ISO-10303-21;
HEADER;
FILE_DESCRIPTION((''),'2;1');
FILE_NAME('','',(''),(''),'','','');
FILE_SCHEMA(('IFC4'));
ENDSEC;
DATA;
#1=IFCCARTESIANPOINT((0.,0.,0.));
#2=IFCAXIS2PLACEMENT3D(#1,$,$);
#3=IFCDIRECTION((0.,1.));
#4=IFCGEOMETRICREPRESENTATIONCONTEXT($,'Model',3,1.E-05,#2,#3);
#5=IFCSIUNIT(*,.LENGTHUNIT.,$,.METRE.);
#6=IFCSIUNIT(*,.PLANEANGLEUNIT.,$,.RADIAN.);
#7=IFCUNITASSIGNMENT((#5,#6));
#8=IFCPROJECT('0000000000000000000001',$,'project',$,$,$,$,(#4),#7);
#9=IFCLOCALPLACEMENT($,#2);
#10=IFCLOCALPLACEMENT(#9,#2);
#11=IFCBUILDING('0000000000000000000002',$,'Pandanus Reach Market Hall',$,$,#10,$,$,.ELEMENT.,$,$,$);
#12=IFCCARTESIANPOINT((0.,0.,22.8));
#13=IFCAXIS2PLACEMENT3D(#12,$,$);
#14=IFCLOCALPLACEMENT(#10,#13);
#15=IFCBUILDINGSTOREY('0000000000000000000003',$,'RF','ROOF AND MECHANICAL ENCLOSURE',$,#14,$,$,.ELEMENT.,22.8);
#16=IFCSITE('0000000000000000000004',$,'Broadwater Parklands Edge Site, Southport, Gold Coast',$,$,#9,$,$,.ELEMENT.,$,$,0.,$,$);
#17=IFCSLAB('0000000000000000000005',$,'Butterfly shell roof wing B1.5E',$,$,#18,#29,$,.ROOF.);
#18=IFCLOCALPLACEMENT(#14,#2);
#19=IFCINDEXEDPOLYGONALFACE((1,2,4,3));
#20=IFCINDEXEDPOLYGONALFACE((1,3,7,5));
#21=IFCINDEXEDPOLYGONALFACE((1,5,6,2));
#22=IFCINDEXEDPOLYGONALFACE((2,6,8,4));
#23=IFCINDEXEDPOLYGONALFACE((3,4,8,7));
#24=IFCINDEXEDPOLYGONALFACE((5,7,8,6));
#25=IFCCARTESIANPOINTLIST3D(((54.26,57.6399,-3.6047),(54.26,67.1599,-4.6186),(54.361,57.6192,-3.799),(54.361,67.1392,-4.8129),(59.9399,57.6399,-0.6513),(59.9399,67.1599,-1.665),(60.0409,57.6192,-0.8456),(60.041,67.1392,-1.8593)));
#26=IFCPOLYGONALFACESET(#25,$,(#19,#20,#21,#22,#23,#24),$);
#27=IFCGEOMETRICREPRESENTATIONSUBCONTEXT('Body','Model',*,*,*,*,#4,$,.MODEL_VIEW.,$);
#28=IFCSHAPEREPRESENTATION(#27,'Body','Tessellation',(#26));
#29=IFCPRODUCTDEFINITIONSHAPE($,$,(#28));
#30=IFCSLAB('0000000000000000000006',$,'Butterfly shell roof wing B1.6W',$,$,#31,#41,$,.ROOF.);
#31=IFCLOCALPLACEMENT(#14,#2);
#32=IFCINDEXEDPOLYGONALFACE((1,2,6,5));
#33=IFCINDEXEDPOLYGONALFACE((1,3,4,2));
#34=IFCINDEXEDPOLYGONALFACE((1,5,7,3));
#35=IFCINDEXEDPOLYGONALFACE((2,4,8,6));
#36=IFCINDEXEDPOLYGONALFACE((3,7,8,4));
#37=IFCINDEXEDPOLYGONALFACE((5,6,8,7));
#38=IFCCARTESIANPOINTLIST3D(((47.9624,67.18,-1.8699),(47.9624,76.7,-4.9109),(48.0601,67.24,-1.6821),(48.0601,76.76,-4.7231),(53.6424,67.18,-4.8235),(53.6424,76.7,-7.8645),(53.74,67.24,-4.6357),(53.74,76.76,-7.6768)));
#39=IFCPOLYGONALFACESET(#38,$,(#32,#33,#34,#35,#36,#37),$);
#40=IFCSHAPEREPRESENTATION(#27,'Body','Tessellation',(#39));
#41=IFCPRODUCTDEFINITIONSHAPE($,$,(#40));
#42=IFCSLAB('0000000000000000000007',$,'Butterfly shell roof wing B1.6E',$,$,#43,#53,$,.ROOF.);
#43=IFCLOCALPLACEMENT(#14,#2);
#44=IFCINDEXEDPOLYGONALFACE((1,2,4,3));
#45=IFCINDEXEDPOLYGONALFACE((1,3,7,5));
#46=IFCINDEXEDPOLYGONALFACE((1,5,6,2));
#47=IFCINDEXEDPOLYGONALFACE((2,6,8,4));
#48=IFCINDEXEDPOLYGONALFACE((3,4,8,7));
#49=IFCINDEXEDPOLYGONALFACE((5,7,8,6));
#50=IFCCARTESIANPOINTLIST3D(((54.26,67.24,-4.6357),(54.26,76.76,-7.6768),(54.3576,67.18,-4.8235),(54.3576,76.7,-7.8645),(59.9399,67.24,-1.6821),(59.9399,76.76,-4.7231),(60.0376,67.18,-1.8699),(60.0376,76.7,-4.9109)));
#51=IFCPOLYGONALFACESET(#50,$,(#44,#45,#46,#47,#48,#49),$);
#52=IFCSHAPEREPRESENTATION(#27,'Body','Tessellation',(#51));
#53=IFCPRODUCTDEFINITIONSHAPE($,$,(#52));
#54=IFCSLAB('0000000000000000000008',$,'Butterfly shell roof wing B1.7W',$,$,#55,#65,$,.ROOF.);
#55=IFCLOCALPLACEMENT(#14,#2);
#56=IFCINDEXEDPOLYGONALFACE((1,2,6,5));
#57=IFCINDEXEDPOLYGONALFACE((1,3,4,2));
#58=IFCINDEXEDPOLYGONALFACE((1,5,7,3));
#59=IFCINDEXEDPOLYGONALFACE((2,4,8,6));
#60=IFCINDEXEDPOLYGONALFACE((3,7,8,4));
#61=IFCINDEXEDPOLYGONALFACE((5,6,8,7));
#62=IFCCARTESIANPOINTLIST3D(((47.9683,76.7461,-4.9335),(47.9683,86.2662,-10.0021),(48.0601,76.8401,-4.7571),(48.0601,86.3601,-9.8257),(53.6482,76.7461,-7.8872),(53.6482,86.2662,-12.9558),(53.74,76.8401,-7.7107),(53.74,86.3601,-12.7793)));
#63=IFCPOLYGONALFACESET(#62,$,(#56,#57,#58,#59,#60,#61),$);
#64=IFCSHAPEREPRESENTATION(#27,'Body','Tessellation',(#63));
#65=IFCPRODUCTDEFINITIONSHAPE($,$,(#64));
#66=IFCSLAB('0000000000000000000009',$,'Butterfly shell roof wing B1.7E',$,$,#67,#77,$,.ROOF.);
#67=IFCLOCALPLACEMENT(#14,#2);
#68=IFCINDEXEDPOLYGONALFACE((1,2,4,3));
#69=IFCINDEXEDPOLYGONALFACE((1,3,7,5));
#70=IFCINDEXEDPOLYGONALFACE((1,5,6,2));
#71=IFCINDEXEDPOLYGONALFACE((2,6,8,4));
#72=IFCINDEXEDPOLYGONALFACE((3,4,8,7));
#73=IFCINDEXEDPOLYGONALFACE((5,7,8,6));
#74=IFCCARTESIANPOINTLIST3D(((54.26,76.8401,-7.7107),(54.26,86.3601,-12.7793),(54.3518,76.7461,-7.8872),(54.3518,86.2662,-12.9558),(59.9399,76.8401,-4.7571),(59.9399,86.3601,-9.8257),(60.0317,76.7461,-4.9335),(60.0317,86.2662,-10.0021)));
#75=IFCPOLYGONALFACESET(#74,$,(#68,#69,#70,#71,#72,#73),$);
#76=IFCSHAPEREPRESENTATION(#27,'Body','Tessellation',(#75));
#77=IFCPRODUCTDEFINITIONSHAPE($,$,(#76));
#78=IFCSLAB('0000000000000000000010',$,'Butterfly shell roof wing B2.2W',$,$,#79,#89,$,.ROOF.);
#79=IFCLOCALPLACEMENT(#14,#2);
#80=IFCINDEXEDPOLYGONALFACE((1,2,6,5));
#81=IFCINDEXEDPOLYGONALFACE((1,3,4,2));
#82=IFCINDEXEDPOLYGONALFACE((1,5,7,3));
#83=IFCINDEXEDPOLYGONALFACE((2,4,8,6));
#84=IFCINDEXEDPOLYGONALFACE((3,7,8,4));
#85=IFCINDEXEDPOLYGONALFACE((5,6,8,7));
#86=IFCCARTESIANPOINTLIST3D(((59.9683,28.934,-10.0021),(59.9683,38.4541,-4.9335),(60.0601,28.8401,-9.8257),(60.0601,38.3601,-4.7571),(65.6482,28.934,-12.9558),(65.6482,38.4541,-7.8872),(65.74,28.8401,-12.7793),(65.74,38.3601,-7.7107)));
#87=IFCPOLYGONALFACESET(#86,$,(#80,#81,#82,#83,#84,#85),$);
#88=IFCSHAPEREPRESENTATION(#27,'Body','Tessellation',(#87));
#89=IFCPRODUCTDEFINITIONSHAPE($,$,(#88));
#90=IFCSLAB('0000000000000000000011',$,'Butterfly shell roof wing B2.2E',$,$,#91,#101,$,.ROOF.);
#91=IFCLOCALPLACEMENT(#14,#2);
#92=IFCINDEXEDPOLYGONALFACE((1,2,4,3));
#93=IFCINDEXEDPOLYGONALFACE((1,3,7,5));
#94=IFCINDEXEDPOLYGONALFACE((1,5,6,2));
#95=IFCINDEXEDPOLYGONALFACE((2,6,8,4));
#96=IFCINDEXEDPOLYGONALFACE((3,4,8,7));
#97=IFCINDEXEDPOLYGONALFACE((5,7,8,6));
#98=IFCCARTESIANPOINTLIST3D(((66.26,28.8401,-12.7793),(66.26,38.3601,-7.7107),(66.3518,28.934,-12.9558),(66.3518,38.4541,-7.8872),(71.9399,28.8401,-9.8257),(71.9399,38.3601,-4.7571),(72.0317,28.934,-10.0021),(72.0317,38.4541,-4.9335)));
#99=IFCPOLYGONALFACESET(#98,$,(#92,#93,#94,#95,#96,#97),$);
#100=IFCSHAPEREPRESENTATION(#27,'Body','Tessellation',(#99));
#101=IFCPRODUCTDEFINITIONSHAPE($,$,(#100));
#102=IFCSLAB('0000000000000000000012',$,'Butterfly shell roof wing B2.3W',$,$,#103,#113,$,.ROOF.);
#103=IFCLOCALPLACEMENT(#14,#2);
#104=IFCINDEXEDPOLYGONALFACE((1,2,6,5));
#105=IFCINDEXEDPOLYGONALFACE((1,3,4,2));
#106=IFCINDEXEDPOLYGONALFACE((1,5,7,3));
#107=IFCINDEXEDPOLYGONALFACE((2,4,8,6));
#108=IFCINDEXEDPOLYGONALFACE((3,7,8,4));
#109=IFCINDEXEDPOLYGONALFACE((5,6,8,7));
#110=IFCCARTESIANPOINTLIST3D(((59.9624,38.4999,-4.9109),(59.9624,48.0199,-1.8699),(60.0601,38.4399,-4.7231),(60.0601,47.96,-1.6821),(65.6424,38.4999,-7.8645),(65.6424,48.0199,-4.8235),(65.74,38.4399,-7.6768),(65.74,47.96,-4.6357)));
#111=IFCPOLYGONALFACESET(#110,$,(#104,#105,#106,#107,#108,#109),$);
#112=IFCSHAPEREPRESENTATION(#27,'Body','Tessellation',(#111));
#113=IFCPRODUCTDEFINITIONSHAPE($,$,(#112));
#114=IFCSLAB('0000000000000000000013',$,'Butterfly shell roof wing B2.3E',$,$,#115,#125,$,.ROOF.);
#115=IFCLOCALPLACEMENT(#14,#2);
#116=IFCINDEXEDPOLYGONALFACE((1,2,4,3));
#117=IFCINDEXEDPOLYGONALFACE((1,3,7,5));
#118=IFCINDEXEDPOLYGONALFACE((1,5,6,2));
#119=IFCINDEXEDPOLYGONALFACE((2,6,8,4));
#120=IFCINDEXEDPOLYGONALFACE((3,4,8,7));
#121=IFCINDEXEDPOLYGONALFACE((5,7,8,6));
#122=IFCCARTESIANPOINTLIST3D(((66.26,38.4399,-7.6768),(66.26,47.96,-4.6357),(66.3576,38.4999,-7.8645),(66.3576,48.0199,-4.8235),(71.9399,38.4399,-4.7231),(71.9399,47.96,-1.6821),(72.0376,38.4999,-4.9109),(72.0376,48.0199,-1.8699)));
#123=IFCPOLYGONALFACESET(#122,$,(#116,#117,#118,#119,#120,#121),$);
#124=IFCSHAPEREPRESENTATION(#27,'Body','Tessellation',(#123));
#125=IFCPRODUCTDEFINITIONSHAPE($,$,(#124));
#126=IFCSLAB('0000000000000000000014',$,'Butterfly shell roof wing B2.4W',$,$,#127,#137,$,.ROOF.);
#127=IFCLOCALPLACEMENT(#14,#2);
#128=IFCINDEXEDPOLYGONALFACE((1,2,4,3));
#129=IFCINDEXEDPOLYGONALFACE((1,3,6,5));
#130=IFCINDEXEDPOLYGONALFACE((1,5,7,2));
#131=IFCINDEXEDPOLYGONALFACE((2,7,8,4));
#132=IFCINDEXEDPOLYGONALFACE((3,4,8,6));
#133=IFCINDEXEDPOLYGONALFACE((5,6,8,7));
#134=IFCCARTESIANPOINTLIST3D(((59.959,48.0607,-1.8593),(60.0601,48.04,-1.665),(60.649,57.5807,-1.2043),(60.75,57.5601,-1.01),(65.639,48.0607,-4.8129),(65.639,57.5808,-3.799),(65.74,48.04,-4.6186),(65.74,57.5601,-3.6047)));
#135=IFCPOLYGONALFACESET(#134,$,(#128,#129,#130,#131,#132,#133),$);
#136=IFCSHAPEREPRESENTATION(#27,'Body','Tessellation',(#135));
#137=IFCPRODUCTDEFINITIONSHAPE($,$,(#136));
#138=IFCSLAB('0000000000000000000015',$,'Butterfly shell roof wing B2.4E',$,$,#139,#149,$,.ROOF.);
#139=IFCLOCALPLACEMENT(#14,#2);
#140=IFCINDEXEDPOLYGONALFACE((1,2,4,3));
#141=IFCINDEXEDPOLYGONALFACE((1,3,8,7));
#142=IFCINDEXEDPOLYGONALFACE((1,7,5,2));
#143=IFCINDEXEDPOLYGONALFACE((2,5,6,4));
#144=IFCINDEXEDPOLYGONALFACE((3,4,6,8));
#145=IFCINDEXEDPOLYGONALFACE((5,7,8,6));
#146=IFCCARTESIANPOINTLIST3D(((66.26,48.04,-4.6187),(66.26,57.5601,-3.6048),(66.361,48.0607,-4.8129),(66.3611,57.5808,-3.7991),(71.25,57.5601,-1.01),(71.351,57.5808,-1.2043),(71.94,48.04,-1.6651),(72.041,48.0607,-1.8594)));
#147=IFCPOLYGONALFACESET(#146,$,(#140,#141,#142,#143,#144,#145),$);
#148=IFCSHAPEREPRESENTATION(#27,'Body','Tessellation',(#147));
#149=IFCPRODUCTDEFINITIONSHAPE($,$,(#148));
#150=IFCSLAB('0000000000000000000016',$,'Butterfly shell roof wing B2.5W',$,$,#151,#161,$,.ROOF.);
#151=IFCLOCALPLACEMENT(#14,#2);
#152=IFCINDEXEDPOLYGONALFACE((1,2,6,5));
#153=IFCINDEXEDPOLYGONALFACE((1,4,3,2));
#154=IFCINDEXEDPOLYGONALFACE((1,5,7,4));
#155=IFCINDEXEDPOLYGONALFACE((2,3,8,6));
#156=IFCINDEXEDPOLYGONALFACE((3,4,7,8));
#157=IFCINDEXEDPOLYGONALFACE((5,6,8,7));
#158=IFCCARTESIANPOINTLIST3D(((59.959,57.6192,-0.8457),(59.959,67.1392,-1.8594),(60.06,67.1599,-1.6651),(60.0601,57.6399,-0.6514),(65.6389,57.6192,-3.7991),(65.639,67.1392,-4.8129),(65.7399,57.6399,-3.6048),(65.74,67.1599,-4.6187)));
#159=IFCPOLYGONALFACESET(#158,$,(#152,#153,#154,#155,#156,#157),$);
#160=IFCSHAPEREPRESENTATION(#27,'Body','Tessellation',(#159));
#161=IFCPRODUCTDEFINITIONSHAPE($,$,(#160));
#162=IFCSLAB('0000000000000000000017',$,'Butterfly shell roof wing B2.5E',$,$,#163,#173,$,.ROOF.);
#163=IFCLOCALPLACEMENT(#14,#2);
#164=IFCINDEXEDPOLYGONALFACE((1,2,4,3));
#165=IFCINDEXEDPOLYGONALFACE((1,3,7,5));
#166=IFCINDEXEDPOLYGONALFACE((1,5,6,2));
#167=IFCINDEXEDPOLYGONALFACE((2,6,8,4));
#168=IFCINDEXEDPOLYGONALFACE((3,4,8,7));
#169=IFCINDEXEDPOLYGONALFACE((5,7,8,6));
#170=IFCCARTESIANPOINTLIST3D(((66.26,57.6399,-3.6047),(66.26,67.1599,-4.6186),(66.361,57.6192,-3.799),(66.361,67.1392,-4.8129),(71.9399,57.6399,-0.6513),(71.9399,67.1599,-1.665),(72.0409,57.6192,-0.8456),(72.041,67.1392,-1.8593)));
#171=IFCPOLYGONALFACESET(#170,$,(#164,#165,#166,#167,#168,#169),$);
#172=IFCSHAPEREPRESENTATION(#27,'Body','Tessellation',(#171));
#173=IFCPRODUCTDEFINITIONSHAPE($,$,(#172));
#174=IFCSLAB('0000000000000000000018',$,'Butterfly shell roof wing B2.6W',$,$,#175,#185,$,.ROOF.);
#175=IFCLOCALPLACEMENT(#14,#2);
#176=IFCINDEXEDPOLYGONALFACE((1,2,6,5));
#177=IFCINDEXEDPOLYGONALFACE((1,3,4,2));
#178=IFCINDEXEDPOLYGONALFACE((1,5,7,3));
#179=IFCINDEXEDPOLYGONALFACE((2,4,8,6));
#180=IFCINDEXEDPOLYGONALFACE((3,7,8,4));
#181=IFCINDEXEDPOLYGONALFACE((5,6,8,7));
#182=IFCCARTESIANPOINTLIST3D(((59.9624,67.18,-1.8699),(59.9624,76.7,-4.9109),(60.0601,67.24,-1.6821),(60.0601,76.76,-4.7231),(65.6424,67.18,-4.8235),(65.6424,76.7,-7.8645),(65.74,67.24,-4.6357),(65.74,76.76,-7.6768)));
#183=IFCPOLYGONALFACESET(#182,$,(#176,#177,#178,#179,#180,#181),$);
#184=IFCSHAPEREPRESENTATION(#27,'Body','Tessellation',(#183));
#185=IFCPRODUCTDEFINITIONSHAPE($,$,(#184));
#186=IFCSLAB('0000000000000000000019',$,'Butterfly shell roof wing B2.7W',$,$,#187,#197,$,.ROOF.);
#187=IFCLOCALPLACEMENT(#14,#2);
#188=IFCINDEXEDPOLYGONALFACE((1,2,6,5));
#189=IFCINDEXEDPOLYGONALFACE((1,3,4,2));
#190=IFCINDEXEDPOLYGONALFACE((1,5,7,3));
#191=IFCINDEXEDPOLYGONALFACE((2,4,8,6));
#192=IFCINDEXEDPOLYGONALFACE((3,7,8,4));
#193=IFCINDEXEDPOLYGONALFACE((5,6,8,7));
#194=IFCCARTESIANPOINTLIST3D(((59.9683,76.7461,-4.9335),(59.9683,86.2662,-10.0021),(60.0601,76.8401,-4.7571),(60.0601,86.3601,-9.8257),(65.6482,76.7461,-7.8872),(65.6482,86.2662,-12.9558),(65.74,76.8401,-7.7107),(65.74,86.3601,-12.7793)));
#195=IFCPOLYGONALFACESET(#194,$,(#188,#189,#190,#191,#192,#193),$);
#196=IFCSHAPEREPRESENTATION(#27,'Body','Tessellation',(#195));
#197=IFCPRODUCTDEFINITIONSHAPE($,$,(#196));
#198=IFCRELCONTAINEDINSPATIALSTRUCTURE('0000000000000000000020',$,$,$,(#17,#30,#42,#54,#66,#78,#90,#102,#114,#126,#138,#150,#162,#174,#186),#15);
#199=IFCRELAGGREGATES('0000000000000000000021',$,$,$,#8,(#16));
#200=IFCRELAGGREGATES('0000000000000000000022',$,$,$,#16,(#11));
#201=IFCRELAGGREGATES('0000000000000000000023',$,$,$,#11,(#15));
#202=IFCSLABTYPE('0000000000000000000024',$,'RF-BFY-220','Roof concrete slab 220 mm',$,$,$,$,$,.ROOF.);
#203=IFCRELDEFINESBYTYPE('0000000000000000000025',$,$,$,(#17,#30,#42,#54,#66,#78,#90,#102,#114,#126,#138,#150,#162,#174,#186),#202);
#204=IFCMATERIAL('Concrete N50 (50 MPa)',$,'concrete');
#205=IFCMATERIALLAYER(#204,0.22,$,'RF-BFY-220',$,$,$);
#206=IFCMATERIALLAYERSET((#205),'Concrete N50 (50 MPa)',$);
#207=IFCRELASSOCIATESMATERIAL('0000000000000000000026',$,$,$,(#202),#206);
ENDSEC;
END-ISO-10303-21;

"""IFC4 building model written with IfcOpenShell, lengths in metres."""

from ifc_helpers import new_model, si_unit, direction, frame, origin, place, context, subcontext, project, spatial, polyline, outline, extrude, material, layer, layer_set, type_object, element, save


model = new_model("IFC4")

# Units and contexts
model_context = context("Model", 3, precision=1e-05, world=origin(), true_north=direction((0.0, 1.0)))
body_context = subcontext(model_context, "Body", "Model", "MODEL_VIEW")
ifc_project = project(units=[si_unit("LENGTHUNIT", "METRE"), si_unit("PLANEANGLEUNIT", "RADIAN")], contexts=[model_context])

# Site, building, storey
site_placement = place(None, origin())
site = spatial("IfcSite", under=ifc_project, at=site_placement, Name="Broadwater Parklands Edge Site, Southport, Gold Coast", CompositionType="ELEMENT", RefElevation=0.0)
building_placement = place(site_placement, origin())
building = spatial("IfcBuilding", under=site, at=building_placement, Name="Pandanus Reach Market Hall", CompositionType="ELEMENT")
storey_placement = place(building_placement, frame((0.0, 0.0, 22.8)))
storey = spatial("IfcBuildingStorey", under=building, at=storey_placement, Name="RF", Description="ROOF AND MECHANICAL ENCLOSURE", CompositionType="ELEMENT", Elevation=22.8)

# Slabs
ifc_material_1 = material(Name="Concrete N50 (50 MPa)", Category="concrete")
ifc_layer_1 = layer(ifc_material_1, 0.22, Name="RF-BFY-220")
ifc_layer_set_1 = layer_set([ifc_layer_1], Name="Concrete N50 (50 MPa)")
slab_type_1 = type_object("IfcSlabType", Name="RF-BFY-220", Description="Roof concrete slab 220 mm", PredefinedType="ROOF", material=ifc_layer_set_1)
slab_1_placement = place(storey_placement, frame((54.26, 57.6399, -3.6047), z_axis=(-0.459298, 0.094062, 0.883288), x_axis=(0.887222, 0.000002, 0.461344)))
element("IfcSlab", 1, at=slab_1_placement, inside=storey, type_object=slab_type_1, Name="Butterfly shell roof wing B1.5E", PredefinedType="ROOF", context=body_context, shape_type="SweptSolid", body=[
    extrude(outline(polyline([(0.0, 0.0), (6.4019, 0.0), (5.9342, 9.5624), (-0.4677, 9.5624), (0.0, 0.0)])), origin(), (0.0, 0.0, -1.0), 0.22),
])
slab_2_placement = place(storey_placement, frame((48.0601, 67.24, -1.6821), z_axis=(0.443877, 0.272667, 0.853596), x_axis=(0.887214, 0.0, -0.461359)))
element("IfcSlab", 2, at=slab_2_placement, inside=storey, type_object=slab_type_1, Name="Butterfly shell roof wing B1.6W", PredefinedType="ROOF", context=body_context, shape_type="SweptSolid", body=[
    extrude(outline(polyline([(0.0, 0.0), (6.402, 0.0), (7.805, 9.895), (1.403, 9.895), (0.0, 0.0)])), origin(), (0.0, 0.0, -1.0), 0.22),
])
slab_3_placement = place(storey_placement, frame((54.26, 67.24, -4.6357), z_axis=(-0.443877, 0.272667, 0.853596), x_axis=(0.887214, 0.0, 0.461359)))
element("IfcSlab", 3, at=slab_3_placement, inside=storey, type_object=slab_type_1, Name="Butterfly shell roof wing B1.6E", PredefinedType="ROOF", context=body_context, shape_type="SweptSolid", body=[
    extrude(outline(polyline([(0.0, 0.0), (6.402, 0.0), (4.999, 9.895), (-1.403, 9.895), (0.0, 0.0)])), origin(), (0.0, 0.0, -1.0), 0.22),
])
slab_4_placement = place(storey_placement, frame((48.0601, 76.8401, -4.7571), z_axis=(0.41716, 0.427113, 0.802217), x_axis=(0.887214, 0.0, -0.461359)))
element("IfcSlab", 4, at=slab_4_placement, inside=storey, type_object=slab_type_1, Name="Butterfly shell roof wing B1.7W", PredefinedType="ROOF", context=body_context, shape_type="SweptSolid", body=[
    extrude(outline(polyline([(0.0, 0.0), (6.402, 0.0), (8.7404, 10.5287), (2.3384, 10.5287), (0.0, 0.0)])), origin(), (0.0, 0.0, -1.0), 0.22),
])
for number, where, z_axis, x_axis, name in (
    (5, (54.26, 76.8401, -7.7107), (-0.41716, 0.427113, 0.802217), (0.887214, 0.0, 0.461359), "Butterfly shell roof wing B1.7E"),
    (6, (60.0601, 28.8401, -9.8257), (0.41716, -0.427113, 0.802217), (0.887214, 0.0, -0.461359), "Butterfly shell roof wing B2.2W"),
):
    element("IfcSlab", number, at=place(storey_placement, frame(where, z_axis=z_axis, x_axis=x_axis)), inside=storey, type_object=slab_type_1, Name=name, PredefinedType="ROOF", context=body_context, shape_type="SweptSolid", body=[
        extrude(outline(polyline([(0.0, 0.0), (6.402, 0.0), (4.0635, 10.5287), (-2.3384, 10.5287), (0.0, 0.0)])), origin(), (0.0, 0.0, -1.0), 0.22),
    ])
slab_5_placement = place(storey_placement, frame((66.26, 28.8401, -12.7793), z_axis=(-0.41716, -0.427113, 0.802217), x_axis=(0.887214, 0.0, 0.461359)))
element("IfcSlab", 7, at=slab_5_placement, inside=storey, type_object=slab_type_1, Name="Butterfly shell roof wing B2.2E", PredefinedType="ROOF", context=body_context, shape_type="SweptSolid", body=[
    extrude(outline(polyline([(0.0, 0.0), (6.402, 0.0), (8.7404, 10.5287), (2.3384, 10.5287), (0.0, 0.0)])), origin(), (0.0, 0.0, -1.0), 0.22),
])
slab_6_placement = place(storey_placement, frame((60.0601, 38.4399, -4.7231), z_axis=(0.443877, -0.272667, 0.853596), x_axis=(0.887214, 0.0, -0.461359)))
element("IfcSlab", 8, at=slab_6_placement, inside=storey, type_object=slab_type_1, Name="Butterfly shell roof wing B2.3W", PredefinedType="ROOF", context=body_context, shape_type="SweptSolid", body=[
    extrude(outline(polyline([(0.0, 0.0), (6.402, 0.0), (4.999, 9.895), (-1.403, 9.895), (0.0, 0.0)])), origin(), (0.0, 0.0, -1.0), 0.22),
])
slab_7_placement = place(storey_placement, frame((66.26, 38.4399, -7.6768), z_axis=(-0.443877, -0.272667, 0.853596), x_axis=(0.887214, 0.0, 0.461359)))
element("IfcSlab", 9, at=slab_7_placement, inside=storey, type_object=slab_type_1, Name="Butterfly shell roof wing B2.3E", PredefinedType="ROOF", context=body_context, shape_type="SweptSolid", body=[
    extrude(outline(polyline([(0.0, 0.0), (6.402, 0.0), (7.805, 9.895), (1.403, 9.895), (0.0, 0.0)])), origin(), (0.0, 0.0, -1.0), 0.22),
])
slab_8_placement = place(storey_placement, frame((60.0601, 48.04, -1.665), z_axis=(0.459306, -0.094067, 0.883283), x_axis=(0.887217, -0.000001, -0.461352)))
element("IfcSlab", 10, at=slab_8_placement, inside=storey, type_object=slab_type_1, Name="Butterfly shell roof wing B2.4W", PredefinedType="ROOF", context=body_context, shape_type="SweptSolid", body=[
    extrude(outline(polyline([(0.0, 0.0), (6.402, 0.0), (5.9342, 9.5624), (0.3099, 9.5624), (0.0, 0.0)])), origin(), (0.0, 0.0, -1.0), 0.22),
])
slab_9_placement = place(storey_placement, frame((66.26, 48.04, -4.6187), z_axis=(-0.459306, -0.094067, 0.883283), x_axis=(0.887217, 0.000001, 0.461352)))
element("IfcSlab", 11, at=slab_9_placement, inside=storey, type_object=slab_type_1, Name="Butterfly shell roof wing B2.4E", PredefinedType="ROOF", context=body_context, shape_type="SweptSolid", body=[
    extrude(outline(polyline([(0.0, 0.0), (6.402, 0.0), (6.0921, 9.5624), (0.4678, 9.5624), (0.0, 0.0)])), origin(), (0.0, 0.0, -1.0), 0.22),
])
slab_10_placement = place(storey_placement, frame((60.0601, 57.6399, -0.6514), z_axis=(0.459298, 0.094062, 0.883288), x_axis=(0.887222, -0.000002, -0.461344)))
element("IfcSlab", 12, at=slab_10_placement, inside=storey, type_object=slab_type_1, Name="Butterfly shell roof wing B2.5W", PredefinedType="ROOF", context=body_context, shape_type="SweptSolid", body=[
    extrude(outline(polyline([(0.0, 0.0), (6.4019, 0.0), (6.8696, 9.5624), (0.4676, 9.5624), (0.0, 0.0)])), origin(), (0.0, 0.0, -1.0), 0.22),
])
slab_11_placement = place(storey_placement, frame((66.26, 57.6399, -3.6047), z_axis=(-0.459298, 0.094062, 0.883288), x_axis=(0.887222, 0.000002, 0.461344)))
element("IfcSlab", 13, at=slab_11_placement, inside=storey, type_object=slab_type_1, Name="Butterfly shell roof wing B2.5E", PredefinedType="ROOF", context=body_context, shape_type="SweptSolid", body=[
    extrude(outline(polyline([(0.0, 0.0), (6.4019, 0.0), (5.9342, 9.5624), (-0.4677, 9.5624), (0.0, 0.0)])), origin(), (0.0, 0.0, -1.0), 0.22),
])
slab_12_placement = place(storey_placement, frame((60.0601, 67.24, -1.6821), z_axis=(0.443877, 0.272667, 0.853596), x_axis=(0.887214, 0.0, -0.461359)))
element("IfcSlab", 14, at=slab_12_placement, inside=storey, type_object=slab_type_1, Name="Butterfly shell roof wing B2.6W", PredefinedType="ROOF", context=body_context, shape_type="SweptSolid", body=[
    extrude(outline(polyline([(0.0, 0.0), (6.402, 0.0), (7.805, 9.895), (1.403, 9.895), (0.0, 0.0)])), origin(), (0.0, 0.0, -1.0), 0.22),
])
slab_13_placement = place(storey_placement, frame((60.0601, 76.8401, -4.7571), z_axis=(0.41716, 0.427113, 0.802217), x_axis=(0.887214, 0.0, -0.461359)))
element("IfcSlab", 15, at=slab_13_placement, inside=storey, type_object=slab_type_1, Name="Butterfly shell roof wing B2.7W", PredefinedType="ROOF", context=body_context, shape_type="SweptSolid", body=[
    extrude(outline(polyline([(0.0, 0.0), (6.402, 0.0), (8.7404, 10.5287), (2.3384, 10.5287), (0.0, 0.0)])), origin(), (0.0, 0.0, -1.0), 0.22),
])

save(model, "model.ifc")
